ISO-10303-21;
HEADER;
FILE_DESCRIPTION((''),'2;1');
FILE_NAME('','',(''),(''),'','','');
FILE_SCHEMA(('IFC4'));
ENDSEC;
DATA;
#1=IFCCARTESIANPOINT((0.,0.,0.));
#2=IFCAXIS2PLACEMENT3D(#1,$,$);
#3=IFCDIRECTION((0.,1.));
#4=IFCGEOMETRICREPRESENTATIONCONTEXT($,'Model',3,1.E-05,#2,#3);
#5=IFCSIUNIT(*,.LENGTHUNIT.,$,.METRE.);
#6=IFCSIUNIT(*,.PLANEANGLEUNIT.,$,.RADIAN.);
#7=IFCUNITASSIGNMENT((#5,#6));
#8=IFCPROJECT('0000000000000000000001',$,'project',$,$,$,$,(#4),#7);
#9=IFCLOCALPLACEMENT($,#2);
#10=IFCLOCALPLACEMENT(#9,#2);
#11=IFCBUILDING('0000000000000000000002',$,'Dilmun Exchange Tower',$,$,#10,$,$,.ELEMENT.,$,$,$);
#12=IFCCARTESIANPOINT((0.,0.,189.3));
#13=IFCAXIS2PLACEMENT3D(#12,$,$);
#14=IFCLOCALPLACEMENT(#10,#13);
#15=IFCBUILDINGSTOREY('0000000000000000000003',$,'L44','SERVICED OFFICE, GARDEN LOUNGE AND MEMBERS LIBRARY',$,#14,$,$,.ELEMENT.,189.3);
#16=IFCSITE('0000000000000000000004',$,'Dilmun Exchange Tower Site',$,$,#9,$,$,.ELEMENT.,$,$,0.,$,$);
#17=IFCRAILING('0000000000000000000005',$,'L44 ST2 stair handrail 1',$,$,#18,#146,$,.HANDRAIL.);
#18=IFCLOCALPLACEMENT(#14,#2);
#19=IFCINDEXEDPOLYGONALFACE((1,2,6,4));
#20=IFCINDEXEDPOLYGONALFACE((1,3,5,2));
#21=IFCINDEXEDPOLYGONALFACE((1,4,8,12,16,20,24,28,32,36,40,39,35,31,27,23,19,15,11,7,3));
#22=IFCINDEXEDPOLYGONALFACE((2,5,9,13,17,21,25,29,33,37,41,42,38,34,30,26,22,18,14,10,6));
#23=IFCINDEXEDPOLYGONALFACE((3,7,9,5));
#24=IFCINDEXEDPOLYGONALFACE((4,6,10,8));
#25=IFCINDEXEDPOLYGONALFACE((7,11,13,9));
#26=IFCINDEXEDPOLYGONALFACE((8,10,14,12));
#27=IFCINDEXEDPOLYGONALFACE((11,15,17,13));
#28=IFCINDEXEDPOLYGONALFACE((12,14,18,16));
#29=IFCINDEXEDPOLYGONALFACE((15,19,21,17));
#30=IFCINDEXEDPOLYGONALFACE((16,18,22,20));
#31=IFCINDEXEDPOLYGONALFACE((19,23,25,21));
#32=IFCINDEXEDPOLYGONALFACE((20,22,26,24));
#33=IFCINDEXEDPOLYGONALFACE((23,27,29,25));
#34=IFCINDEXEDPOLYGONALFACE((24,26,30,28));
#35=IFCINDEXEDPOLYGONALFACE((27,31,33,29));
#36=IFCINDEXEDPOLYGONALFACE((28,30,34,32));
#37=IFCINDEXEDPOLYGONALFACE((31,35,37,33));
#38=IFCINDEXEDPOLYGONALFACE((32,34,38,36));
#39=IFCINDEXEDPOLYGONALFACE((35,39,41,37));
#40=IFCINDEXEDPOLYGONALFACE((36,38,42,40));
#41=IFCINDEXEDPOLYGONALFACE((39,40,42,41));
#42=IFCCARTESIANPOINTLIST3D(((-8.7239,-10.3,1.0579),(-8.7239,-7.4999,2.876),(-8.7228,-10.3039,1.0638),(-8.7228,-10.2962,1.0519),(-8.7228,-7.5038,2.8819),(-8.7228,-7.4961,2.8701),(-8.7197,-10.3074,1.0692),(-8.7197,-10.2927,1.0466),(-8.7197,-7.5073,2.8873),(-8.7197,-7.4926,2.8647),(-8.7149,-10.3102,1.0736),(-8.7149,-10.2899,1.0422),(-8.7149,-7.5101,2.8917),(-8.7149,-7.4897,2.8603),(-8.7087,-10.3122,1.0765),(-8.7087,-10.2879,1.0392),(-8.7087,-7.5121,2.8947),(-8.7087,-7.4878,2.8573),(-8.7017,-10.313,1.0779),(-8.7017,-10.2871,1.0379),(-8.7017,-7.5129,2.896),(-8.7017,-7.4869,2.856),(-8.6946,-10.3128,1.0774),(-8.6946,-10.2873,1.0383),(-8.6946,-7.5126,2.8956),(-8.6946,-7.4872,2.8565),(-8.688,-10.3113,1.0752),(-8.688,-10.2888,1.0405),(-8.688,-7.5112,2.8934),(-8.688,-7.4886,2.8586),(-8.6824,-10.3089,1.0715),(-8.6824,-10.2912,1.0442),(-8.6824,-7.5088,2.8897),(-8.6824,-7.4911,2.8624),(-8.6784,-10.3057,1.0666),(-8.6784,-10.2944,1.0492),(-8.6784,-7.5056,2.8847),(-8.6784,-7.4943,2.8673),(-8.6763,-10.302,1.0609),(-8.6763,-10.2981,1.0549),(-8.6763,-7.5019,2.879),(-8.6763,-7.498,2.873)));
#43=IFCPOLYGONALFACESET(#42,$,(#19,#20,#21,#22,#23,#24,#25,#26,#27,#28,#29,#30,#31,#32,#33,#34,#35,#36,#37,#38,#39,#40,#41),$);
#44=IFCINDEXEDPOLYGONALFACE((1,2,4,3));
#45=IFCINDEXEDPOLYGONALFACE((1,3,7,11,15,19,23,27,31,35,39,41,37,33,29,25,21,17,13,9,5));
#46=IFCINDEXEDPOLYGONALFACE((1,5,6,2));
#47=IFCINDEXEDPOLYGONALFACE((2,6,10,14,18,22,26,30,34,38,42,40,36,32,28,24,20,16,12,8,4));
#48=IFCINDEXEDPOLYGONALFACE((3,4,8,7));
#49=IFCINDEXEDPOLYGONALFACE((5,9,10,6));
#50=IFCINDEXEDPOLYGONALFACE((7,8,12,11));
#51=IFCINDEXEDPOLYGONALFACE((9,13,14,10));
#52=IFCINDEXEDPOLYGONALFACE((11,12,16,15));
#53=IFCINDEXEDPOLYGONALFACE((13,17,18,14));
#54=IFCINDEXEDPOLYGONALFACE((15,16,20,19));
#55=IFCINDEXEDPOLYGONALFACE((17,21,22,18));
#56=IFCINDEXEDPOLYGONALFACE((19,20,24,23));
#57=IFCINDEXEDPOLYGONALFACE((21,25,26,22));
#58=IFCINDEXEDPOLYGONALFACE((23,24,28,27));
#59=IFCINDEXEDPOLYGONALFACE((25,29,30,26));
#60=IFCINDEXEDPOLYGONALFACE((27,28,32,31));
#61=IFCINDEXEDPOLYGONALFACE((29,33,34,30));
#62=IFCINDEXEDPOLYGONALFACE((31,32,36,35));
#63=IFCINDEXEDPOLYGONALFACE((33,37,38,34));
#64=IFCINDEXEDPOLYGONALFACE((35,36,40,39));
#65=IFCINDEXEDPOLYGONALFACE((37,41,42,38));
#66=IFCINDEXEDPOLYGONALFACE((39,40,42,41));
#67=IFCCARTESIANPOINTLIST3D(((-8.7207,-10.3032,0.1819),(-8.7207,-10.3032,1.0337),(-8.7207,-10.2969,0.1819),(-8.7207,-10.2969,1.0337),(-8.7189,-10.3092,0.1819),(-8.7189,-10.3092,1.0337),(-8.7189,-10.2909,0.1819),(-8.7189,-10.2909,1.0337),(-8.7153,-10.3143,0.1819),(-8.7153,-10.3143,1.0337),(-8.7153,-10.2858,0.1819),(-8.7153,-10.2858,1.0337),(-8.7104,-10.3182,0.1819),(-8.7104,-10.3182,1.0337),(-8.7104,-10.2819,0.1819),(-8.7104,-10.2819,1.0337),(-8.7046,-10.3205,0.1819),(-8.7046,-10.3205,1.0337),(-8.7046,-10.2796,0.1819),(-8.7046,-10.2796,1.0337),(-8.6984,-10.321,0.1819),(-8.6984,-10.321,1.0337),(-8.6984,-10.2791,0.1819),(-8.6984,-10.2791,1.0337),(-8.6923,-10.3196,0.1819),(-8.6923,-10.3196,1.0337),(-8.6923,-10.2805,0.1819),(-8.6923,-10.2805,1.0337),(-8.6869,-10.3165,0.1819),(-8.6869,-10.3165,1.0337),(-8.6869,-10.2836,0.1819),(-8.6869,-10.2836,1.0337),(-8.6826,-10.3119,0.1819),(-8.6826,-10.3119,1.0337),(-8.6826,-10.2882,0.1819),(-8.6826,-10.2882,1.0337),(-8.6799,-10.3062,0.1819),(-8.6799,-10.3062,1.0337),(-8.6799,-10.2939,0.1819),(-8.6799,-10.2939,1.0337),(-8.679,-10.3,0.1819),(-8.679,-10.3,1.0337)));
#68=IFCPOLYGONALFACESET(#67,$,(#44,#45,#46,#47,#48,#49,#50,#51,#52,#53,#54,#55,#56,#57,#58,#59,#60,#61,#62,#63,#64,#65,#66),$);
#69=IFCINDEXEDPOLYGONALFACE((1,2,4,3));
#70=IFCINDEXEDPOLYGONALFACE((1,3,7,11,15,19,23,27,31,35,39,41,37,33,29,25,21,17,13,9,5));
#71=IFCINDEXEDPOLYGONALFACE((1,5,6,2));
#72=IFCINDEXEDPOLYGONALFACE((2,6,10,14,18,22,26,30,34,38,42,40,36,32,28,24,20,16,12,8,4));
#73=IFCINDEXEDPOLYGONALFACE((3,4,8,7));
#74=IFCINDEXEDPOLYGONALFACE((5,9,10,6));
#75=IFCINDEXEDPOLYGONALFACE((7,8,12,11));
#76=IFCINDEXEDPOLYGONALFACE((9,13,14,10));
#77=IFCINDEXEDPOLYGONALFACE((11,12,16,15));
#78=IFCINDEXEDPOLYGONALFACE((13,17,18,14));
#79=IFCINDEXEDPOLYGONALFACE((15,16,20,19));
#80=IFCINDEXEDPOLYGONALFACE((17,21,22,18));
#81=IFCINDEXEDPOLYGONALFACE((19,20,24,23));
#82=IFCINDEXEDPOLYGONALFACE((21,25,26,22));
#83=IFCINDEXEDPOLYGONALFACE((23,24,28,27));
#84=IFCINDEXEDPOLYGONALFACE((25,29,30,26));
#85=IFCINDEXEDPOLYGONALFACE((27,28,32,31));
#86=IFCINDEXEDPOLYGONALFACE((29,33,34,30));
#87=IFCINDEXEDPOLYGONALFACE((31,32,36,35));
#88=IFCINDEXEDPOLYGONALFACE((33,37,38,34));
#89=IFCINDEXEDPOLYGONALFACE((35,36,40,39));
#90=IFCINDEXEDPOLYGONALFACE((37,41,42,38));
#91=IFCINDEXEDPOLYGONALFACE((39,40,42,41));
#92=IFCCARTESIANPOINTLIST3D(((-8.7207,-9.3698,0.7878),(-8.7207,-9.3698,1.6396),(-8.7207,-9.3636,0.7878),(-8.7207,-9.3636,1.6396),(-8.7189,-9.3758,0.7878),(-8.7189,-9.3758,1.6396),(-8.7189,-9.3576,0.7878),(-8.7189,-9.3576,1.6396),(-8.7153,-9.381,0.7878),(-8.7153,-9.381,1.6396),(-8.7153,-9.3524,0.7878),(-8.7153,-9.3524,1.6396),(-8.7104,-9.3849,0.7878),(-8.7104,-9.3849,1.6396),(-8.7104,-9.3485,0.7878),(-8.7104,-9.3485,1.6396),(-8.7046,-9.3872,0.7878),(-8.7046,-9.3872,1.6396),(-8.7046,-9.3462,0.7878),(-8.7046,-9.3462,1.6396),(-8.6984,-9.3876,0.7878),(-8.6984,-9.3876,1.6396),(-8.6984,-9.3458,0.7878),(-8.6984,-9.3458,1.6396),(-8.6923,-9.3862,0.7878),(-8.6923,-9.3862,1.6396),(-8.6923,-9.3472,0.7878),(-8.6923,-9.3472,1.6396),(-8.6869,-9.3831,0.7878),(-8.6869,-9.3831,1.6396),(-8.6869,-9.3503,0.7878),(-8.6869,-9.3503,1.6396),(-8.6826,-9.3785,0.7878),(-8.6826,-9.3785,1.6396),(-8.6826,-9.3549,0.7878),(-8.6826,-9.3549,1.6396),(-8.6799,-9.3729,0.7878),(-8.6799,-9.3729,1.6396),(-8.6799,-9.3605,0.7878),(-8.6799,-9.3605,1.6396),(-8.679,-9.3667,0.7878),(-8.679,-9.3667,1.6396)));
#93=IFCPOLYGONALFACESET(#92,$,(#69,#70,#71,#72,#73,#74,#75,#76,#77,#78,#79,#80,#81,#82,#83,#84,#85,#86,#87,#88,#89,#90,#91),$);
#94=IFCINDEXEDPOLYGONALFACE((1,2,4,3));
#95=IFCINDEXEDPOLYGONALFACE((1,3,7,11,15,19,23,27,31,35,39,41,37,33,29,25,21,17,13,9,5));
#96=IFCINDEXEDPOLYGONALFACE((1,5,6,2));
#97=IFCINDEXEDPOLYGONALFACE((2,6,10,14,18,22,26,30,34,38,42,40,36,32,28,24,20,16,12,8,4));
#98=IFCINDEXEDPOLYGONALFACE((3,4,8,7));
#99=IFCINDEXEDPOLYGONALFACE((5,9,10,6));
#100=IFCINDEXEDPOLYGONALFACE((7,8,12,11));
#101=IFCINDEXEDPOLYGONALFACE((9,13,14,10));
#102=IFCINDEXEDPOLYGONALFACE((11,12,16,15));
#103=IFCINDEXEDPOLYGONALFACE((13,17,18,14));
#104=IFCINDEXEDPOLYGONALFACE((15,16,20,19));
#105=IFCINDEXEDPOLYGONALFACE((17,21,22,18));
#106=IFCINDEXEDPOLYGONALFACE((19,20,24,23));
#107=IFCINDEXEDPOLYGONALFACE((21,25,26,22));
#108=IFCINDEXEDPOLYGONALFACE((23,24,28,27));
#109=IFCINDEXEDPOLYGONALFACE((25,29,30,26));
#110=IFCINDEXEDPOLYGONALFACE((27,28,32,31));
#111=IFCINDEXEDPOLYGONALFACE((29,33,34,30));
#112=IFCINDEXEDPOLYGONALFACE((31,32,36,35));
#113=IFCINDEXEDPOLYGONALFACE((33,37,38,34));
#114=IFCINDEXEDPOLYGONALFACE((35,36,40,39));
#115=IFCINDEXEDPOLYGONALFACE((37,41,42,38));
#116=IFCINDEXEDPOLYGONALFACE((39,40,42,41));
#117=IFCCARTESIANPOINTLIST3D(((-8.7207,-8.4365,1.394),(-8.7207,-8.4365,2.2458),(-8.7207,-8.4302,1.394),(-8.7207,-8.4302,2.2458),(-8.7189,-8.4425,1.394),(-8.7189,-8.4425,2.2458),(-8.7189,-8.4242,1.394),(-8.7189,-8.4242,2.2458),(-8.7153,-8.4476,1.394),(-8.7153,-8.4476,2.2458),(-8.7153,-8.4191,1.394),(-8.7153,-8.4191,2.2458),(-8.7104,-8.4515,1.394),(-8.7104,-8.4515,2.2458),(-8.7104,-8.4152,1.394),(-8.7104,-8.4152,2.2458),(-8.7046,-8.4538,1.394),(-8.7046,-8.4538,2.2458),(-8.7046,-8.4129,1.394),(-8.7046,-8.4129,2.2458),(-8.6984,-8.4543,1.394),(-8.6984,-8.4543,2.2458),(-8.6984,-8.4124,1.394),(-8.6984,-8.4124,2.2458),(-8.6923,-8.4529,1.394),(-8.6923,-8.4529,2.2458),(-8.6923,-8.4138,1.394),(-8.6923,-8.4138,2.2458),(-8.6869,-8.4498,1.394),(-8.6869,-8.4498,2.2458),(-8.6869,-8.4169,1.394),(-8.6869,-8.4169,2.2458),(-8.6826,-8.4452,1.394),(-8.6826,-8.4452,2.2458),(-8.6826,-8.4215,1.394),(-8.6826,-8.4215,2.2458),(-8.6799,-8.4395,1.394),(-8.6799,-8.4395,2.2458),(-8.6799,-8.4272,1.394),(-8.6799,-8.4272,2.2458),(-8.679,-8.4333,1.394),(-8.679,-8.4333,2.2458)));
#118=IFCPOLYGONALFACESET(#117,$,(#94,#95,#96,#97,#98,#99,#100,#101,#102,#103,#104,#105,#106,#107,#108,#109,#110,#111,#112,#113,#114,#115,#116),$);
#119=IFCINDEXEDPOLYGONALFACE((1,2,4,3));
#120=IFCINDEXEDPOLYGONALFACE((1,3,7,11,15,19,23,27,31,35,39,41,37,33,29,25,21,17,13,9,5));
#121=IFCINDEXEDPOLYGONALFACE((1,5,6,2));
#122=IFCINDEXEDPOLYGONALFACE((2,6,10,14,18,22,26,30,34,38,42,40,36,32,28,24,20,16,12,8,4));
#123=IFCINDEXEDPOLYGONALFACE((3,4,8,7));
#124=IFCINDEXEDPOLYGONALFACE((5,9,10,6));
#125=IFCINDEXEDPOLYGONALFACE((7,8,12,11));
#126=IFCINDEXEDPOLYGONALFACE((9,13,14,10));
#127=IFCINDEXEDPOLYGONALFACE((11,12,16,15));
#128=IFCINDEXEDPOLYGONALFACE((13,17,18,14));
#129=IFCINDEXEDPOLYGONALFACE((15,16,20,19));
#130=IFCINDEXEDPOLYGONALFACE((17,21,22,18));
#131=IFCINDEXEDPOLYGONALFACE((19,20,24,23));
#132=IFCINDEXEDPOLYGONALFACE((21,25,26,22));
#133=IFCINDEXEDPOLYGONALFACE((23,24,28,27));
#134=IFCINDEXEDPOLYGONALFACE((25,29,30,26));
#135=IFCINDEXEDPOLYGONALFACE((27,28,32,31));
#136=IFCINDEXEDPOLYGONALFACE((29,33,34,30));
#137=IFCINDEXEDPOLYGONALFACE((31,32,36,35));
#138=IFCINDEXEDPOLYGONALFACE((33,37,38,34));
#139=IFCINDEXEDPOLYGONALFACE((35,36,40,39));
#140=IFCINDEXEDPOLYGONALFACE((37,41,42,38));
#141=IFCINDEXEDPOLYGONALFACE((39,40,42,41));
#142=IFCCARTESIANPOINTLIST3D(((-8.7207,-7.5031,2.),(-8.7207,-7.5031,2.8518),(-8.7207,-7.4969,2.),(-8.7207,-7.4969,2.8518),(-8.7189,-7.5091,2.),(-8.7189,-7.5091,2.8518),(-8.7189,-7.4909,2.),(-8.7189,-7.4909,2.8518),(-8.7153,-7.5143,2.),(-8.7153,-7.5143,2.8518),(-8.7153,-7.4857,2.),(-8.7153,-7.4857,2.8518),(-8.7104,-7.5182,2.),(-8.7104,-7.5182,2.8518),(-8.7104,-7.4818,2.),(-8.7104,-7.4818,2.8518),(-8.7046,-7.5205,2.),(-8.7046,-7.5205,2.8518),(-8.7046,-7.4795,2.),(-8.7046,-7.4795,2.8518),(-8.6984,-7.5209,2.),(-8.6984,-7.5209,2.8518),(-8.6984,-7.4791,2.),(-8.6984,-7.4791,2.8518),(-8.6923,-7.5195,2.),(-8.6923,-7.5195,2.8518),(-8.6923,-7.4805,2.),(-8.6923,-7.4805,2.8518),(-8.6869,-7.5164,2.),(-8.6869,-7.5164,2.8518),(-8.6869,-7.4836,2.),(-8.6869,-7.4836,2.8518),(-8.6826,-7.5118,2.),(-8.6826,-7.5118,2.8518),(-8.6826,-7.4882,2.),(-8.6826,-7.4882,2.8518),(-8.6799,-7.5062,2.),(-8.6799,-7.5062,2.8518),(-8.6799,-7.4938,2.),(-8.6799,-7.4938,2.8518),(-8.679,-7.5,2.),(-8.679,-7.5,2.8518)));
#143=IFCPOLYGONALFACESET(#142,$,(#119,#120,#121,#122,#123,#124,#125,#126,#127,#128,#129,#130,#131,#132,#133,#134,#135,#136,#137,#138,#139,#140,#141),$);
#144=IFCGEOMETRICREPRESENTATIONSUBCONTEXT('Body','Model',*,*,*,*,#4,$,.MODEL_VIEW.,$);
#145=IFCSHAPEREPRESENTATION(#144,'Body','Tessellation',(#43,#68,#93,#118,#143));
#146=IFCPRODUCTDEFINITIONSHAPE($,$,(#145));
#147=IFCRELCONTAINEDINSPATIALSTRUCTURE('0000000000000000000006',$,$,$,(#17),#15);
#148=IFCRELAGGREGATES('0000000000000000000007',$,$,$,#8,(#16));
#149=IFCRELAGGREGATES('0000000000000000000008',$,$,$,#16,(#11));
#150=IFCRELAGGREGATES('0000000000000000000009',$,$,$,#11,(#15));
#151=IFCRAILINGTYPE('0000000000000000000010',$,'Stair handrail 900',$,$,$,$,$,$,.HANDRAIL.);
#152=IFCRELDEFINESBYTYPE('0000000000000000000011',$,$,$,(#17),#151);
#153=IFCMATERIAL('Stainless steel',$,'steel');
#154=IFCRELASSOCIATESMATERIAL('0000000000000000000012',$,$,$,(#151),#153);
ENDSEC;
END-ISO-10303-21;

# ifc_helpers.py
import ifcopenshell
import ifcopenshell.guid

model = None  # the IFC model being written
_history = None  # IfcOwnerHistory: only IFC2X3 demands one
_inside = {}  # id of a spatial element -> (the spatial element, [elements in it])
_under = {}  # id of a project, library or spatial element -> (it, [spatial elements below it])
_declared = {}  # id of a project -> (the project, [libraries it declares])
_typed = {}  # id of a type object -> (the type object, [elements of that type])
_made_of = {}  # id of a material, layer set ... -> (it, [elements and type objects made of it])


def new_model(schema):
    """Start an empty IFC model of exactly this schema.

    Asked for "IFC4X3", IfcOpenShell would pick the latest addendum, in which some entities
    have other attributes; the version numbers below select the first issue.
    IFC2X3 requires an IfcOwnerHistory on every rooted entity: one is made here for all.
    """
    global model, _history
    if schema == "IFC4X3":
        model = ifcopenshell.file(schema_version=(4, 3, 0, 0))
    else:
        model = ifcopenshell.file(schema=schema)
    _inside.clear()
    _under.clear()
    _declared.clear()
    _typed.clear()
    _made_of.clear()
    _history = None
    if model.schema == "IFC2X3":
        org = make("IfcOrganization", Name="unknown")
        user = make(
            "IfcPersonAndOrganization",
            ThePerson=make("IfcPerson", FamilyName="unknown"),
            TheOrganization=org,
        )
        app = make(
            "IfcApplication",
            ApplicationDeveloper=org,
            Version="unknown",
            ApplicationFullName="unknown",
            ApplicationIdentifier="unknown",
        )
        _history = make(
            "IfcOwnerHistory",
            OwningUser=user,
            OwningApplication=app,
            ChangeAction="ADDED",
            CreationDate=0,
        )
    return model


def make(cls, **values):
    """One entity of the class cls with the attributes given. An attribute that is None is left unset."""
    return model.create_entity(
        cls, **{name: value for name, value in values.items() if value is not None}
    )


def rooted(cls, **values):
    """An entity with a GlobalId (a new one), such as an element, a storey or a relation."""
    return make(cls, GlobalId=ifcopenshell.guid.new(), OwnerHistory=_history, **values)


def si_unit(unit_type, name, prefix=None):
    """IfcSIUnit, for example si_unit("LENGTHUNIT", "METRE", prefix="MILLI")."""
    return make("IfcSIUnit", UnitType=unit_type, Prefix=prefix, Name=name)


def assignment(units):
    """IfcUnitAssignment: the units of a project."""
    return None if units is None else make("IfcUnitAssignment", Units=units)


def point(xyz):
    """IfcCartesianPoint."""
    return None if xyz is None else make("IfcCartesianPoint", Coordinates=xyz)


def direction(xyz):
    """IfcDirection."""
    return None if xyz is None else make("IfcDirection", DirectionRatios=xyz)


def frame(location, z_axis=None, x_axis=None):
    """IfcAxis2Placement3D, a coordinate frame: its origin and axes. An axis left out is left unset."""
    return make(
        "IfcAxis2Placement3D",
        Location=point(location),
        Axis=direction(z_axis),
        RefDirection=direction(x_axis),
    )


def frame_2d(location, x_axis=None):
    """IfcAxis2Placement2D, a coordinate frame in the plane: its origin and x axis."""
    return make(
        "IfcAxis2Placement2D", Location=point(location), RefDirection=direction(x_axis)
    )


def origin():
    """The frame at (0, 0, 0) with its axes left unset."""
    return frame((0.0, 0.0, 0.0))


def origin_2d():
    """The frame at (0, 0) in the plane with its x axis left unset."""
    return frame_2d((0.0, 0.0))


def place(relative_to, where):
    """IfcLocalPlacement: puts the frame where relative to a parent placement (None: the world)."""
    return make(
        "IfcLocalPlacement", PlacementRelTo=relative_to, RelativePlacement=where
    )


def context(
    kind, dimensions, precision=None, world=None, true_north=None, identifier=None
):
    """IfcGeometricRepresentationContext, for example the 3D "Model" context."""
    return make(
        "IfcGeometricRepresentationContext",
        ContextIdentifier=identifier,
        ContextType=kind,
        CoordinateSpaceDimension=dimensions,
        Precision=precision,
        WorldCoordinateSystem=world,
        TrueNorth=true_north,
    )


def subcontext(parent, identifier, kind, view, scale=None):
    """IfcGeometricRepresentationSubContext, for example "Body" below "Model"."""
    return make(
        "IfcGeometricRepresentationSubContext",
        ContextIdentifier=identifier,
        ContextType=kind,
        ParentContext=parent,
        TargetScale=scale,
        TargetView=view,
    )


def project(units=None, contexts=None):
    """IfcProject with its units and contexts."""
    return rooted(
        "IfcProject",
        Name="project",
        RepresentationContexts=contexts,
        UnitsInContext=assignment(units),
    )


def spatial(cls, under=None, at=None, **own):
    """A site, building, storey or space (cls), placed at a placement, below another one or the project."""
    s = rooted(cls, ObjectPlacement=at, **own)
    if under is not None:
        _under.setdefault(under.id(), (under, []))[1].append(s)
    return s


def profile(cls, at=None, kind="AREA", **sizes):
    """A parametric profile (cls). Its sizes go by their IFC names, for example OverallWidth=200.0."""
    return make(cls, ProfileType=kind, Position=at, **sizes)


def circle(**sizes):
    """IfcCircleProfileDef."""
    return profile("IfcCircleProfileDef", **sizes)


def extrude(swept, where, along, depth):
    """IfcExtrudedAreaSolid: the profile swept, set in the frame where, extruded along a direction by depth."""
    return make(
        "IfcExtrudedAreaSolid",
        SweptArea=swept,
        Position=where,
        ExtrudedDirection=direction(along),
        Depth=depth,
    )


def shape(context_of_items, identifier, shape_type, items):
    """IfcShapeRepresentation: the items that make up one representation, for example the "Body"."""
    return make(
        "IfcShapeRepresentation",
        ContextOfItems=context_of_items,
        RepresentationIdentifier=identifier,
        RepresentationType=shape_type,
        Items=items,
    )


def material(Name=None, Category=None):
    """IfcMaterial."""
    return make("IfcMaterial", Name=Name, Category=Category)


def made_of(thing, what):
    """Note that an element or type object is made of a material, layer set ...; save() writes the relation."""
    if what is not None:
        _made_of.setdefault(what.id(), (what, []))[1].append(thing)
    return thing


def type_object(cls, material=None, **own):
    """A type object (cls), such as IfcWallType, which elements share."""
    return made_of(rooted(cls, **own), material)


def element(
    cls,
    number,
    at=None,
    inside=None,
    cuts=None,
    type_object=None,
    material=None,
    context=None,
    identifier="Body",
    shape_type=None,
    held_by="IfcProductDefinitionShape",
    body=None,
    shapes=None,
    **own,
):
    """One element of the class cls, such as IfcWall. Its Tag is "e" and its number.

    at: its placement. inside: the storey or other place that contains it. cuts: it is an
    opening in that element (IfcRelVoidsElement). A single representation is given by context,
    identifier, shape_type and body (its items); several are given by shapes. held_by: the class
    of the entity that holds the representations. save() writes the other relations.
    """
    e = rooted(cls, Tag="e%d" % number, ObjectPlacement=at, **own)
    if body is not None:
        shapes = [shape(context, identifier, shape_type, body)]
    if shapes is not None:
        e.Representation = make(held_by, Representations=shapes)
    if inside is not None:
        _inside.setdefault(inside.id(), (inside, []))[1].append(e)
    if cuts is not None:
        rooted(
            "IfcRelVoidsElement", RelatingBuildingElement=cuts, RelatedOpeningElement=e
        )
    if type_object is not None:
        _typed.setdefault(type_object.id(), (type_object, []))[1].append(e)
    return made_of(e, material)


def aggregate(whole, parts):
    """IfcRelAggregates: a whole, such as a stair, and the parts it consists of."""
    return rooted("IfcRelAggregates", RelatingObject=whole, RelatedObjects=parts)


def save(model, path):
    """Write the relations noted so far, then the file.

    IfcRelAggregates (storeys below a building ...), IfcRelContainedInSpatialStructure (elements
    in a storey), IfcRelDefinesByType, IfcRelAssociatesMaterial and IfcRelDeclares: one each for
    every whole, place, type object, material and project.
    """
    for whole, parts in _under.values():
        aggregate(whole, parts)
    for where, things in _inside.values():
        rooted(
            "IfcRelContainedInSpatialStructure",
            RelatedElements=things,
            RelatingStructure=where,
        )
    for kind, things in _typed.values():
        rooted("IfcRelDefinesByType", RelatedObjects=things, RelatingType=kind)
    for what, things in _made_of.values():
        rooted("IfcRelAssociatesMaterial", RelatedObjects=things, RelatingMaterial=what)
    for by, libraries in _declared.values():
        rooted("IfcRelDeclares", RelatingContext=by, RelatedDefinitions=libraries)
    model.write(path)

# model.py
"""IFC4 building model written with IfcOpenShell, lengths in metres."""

from ifc_helpers import new_model, si_unit, direction, frame, origin, origin_2d, place, context, subcontext, project, spatial, circle, extrude, material, type_object, element, save


model = new_model("IFC4")

# Units and contexts
model_context = context("Model", 3, precision=1e-05, world=origin(), true_north=direction((0.0, 1.0)))
body_context = subcontext(model_context, "Body", "Model", "MODEL_VIEW")
ifc_project = project(units=[si_unit("LENGTHUNIT", "METRE"), si_unit("PLANEANGLEUNIT", "RADIAN")], contexts=[model_context])

# Site, building, storey
site_placement = place(None, origin())
site = spatial("IfcSite", under=ifc_project, at=site_placement, Name="Dilmun Exchange Tower Site", CompositionType="ELEMENT", RefElevation=0.0)
building_placement = place(site_placement, origin())
building = spatial("IfcBuilding", under=site, at=building_placement, Name="Dilmun Exchange Tower", CompositionType="ELEMENT")
storey_placement = place(building_placement, frame((0.0, 0.0, 189.3)))
storey = spatial("IfcBuildingStorey", under=building, at=storey_placement, Name="L44", Description="SERVICED OFFICE, GARDEN LOUNGE AND MEMBERS LIBRARY", CompositionType="ELEMENT", Elevation=189.3)

# Railing
ifc_material_1 = material(Name="Stainless steel", Category="steel")
railing_type = type_object("IfcRailingType", Name="Stair handrail 900", PredefinedType="HANDRAIL", material=ifc_material_1)
railing_placement = place(storey_placement, frame((-8.7, -10.3, 0.1819)))
element("IfcRailing", 1, at=railing_placement, inside=storey, type_object=railing_type, Name="L44 ST2 stair handrail 1", PredefinedType="HANDRAIL", context=body_context, shape_type="SweptSolid", body=[
    extrude(circle(Radius=0.0239, at=origin_2d()), frame((0.0, 0.0, 0.876), z_axis=(0.0, 0.838706, 0.544585), x_axis=(-1.0, 0.0, 0.0)), (0.0, 0.0, 1.0), 3.3386),
    extrude(circle(Radius=0.021, at=origin_2d()), origin(), (0.0, 0.0, 1.0), 0.8518),
    extrude(circle(Radius=0.021, at=origin_2d()), frame((0.0, 0.9333, 0.606)), (0.0, 0.0, 1.0), 0.8518),
    extrude(circle(Radius=0.021, at=origin_2d()), frame((0.0, 1.8667, 1.2122)), (0.0, 0.0, 1.0), 0.8518),
    extrude(circle(Radius=0.021, at=origin_2d()), frame((0.0, 2.8, 1.8181)), (0.0, 0.0, 1.0), 0.8518),
])

save(model, "model.ifc")
